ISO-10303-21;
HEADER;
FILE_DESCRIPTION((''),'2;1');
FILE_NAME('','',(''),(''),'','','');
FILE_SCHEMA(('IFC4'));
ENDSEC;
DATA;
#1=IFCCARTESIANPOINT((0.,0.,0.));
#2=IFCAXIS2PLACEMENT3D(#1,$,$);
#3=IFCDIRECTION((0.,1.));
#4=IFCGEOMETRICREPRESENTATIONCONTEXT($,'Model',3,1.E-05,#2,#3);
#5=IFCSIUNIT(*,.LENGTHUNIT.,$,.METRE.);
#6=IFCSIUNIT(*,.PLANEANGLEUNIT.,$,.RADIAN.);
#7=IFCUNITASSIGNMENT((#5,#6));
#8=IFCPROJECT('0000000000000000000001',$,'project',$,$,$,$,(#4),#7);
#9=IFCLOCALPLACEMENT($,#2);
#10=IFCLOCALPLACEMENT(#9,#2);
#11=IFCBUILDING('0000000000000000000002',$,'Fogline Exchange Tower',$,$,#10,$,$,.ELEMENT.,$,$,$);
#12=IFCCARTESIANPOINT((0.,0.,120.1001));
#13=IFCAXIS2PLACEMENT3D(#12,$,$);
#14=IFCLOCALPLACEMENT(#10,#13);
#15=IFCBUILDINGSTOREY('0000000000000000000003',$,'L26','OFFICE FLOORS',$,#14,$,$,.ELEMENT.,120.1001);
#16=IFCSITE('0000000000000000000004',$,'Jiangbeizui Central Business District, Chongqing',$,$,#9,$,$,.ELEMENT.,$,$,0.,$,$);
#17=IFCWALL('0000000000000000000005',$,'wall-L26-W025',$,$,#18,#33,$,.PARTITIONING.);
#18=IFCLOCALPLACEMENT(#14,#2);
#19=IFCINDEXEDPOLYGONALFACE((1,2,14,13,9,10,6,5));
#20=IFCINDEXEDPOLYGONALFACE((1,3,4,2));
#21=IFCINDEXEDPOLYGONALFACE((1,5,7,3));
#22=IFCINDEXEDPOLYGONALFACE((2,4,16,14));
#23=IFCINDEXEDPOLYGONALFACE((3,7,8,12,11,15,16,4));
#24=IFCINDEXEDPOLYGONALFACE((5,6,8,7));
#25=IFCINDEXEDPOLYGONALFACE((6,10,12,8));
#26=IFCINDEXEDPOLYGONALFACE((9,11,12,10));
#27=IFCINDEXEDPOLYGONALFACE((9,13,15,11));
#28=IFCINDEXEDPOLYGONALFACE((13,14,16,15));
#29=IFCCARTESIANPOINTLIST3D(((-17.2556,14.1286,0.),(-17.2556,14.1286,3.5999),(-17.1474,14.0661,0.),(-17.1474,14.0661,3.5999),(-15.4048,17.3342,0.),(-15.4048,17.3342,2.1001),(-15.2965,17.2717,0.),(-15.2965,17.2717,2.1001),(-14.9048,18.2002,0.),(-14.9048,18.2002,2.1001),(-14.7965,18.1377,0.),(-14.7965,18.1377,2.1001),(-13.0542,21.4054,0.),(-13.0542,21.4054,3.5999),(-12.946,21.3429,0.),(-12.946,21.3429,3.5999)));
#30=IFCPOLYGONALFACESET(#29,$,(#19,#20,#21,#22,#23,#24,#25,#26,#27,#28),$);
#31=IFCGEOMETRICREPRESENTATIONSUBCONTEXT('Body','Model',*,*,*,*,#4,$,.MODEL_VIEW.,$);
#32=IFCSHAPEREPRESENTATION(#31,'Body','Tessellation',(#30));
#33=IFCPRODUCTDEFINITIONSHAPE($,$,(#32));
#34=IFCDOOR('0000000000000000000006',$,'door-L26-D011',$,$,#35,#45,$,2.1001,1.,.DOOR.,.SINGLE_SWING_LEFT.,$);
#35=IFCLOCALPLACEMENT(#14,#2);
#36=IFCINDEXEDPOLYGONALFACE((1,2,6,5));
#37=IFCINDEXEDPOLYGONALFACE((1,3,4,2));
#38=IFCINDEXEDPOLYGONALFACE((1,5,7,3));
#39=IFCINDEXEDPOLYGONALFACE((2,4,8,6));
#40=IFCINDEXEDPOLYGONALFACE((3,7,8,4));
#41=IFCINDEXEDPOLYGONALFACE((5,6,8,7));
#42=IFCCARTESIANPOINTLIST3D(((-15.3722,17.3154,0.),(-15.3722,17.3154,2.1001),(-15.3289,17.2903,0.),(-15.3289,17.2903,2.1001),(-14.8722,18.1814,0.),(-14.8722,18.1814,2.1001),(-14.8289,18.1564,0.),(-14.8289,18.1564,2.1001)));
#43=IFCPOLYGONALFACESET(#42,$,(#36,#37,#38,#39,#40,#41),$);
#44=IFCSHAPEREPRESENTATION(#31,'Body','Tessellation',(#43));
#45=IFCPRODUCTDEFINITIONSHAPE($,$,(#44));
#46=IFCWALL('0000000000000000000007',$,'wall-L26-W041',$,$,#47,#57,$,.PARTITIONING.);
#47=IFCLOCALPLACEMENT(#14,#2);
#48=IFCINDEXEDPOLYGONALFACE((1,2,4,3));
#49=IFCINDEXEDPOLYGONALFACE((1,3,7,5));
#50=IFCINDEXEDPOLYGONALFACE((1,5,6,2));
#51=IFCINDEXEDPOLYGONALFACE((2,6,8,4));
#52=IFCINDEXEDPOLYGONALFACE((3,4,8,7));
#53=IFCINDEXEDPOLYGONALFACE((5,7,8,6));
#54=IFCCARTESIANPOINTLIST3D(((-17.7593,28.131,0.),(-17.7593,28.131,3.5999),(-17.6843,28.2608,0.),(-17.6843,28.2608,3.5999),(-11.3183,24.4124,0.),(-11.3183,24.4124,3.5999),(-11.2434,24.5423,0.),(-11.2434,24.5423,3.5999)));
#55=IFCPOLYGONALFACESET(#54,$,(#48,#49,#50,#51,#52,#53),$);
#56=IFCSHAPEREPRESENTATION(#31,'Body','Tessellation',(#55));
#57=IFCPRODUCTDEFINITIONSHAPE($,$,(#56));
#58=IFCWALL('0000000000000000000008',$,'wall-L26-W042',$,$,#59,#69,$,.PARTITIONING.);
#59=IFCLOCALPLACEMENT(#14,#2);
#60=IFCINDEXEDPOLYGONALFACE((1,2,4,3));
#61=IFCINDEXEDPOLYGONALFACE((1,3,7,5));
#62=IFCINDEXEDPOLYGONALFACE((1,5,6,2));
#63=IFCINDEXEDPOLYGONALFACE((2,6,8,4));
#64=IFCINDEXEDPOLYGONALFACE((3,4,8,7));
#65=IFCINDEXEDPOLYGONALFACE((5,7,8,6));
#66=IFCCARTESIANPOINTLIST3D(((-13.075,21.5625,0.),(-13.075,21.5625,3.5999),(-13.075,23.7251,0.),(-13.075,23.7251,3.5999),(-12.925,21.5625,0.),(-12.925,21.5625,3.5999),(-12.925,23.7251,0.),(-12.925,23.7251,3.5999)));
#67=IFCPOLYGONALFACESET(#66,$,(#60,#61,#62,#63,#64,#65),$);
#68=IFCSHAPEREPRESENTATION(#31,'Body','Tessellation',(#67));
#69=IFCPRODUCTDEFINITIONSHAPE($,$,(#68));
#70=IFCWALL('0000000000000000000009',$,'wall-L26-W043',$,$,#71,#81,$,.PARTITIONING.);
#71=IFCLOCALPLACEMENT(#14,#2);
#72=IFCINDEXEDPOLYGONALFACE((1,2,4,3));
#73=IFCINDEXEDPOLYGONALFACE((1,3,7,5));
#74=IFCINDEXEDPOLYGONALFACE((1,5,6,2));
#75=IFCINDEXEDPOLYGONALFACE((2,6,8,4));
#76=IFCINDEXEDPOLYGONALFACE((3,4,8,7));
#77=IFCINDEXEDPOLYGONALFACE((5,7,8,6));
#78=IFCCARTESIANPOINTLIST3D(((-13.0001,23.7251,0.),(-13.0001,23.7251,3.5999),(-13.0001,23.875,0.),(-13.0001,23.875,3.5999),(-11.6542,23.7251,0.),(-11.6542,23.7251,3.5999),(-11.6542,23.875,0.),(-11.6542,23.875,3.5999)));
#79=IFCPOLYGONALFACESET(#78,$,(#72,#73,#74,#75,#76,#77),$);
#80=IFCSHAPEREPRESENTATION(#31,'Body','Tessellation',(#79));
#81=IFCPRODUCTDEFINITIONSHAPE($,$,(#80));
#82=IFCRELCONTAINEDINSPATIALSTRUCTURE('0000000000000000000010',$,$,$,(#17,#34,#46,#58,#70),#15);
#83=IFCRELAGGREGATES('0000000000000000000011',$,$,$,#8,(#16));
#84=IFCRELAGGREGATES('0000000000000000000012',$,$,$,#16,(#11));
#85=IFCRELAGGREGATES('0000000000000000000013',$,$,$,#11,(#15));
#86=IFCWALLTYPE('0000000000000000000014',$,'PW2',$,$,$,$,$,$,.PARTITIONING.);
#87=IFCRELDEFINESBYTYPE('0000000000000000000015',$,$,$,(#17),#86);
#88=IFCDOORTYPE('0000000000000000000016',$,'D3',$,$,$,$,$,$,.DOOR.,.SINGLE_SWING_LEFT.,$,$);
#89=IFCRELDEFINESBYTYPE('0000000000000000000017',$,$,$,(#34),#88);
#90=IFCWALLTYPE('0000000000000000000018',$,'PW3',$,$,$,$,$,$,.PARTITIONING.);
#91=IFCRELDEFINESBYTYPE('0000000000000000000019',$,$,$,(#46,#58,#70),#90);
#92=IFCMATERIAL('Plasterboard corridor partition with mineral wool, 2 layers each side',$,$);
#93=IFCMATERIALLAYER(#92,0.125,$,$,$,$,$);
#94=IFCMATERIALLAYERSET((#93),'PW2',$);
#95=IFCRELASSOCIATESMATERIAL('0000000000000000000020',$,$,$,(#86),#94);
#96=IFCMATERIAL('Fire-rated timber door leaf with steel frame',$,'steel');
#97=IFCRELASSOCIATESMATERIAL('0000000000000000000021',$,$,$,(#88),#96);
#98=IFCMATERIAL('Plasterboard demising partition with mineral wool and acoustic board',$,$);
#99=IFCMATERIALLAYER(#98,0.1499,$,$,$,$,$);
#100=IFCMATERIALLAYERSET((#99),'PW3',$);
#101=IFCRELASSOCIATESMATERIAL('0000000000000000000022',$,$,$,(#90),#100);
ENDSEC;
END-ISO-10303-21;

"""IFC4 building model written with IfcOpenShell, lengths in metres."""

from ifc_helpers import new_model, si_unit, direction, frame, frame_2d, origin, place, context, subcontext, project, spatial, rectangle, extrude, material, layer, layer_set, type_object, element, fill, save


model = new_model("IFC4")

# Units and contexts
model_context = context("Model", 3, precision=1e-05, world=origin(), true_north=direction((0.0, 1.0)))
body_context = subcontext(model_context, "Body", "Model", "MODEL_VIEW")
ifc_project = project(units=[si_unit("LENGTHUNIT", "METRE"), si_unit("PLANEANGLEUNIT", "RADIAN")], contexts=[model_context])

# Site, building, storey
site_placement = place(None, origin())
site = spatial("IfcSite", under=ifc_project, at=site_placement, Name="Jiangbeizui Central Business District, Chongqing", CompositionType="ELEMENT", RefElevation=0.0)
building_placement = place(site_placement, origin())
building = spatial("IfcBuilding", under=site, at=building_placement, Name="Fogline Exchange Tower", CompositionType="ELEMENT")
storey_placement = place(building_placement, frame((0.0, 0.0, 120.1001)))
storey = spatial("IfcBuildingStorey", under=building, at=storey_placement, Name="L26", Description="OFFICE FLOORS", CompositionType="ELEMENT", Elevation=120.1001)

# Shared definitions
ifc_material_1 = material(Name="Plasterboard corridor partition with mineral wool, 2 layers each side")
ifc_layer_1 = layer(ifc_material_1, 0.125)
ifc_layer_set_1 = layer_set([ifc_layer_1], Name="PW2")
wall_type_1 = type_object("IfcWallType", Name="PW2", PredefinedType="PARTITIONING", material=ifc_layer_set_1)
ifc_material_2 = material(Name="Fire-rated timber door leaf with steel frame", Category="steel")
door_type = type_object("IfcDoorType", Name="D3", OperationType="SINGLE_SWING_LEFT", PredefinedType="DOOR", material=ifc_material_2)

# Wall, opening, door
wall_1_placement = place(storey_placement, frame((-17.2014, 14.0974, 0.0), z_axis=(0.0, 0.0, 1.0), x_axis=(0.500011, 0.866019, 0.0)))
wall_1 = element("IfcWall", 1, at=wall_1_placement, inside=storey, type_object=wall_type_1, Name="wall-L26-W025", PredefinedType="PARTITIONING", context=body_context, shape_type="SweptSolid", body=[
    extrude(rectangle(XDim=8.4026, YDim=0.125, at=frame_2d((4.2012, 0.0))), origin(), (0.0, 0.0, 1.0), 3.5999),
])
opening_1_placement = place(wall_1_placement, frame((3.7014, 0.0, 0.0)))
opening_1 = element("IfcOpeningElement", 2, at=opening_1_placement, cuts=wall_1, PredefinedType="OPENING", context=body_context, shape_type="SweptSolid", body=[
    extrude(rectangle(XDim=1.0, YDim=2.1001, at=frame_2d((0.5, 1.05))), frame((0.0, 0.0725, 0.0), z_axis=(0.0, -1.0, 0.0), x_axis=(1.0, 0.0, 0.0)), (0.0, 0.0, 1.0), 0.145),
])
door_1_placement = place(opening_1_placement, origin())
door_1 = element("IfcDoor", 3, at=door_1_placement, inside=storey, type_object=door_type, Name="door-L26-D011", OperationType="SINGLE_SWING_LEFT", OverallHeight=2.1001, OverallWidth=1.0, PredefinedType="DOOR", context=body_context, shape_type="SweptSolid", body=[
    extrude(rectangle(XDim=1.0, YDim=2.1001, at=frame_2d((0.5, 1.05))), frame((0.0, 0.0249, 0.0), z_axis=(0.0, -1.0, 0.0), x_axis=(1.0, 0.0, 0.0)), (0.0, 0.0, 1.0), 0.05),
])
fill(opening_1, door_1)

# Walls
ifc_material_3 = material(Name="Plasterboard demising partition with mineral wool and acoustic board")
ifc_layer_2 = layer(ifc_material_3, 0.1499)
ifc_layer_set_2 = layer_set([ifc_layer_2], Name="PW3")
wall_type_2 = type_object("IfcWallType", Name="PW3", PredefinedType="PARTITIONING", material=ifc_layer_set_2)
wall_2_placement = place(storey_placement, frame((-11.2808, 24.4773, 0.0), z_axis=(0.0, 0.0, 1.0), x_axis=(-0.866035, 0.499984, 0.0)))
element("IfcWall", 4, at=wall_2_placement, inside=storey, type_object=wall_type_2, Name="wall-L26-W041", PredefinedType="PARTITIONING", context=body_context, shape_type="SweptSolid", body=[
    extrude(rectangle(XDim=7.4373, YDim=0.1499, at=frame_2d((3.7188, 0.0))), origin(), (0.0, 0.0, 1.0), 3.5999),
])
wall_3_placement = place(storey_placement, frame((-13.0, 21.5625, 0.0), z_axis=(0.0, 0.0, 1.0), x_axis=(0.0, 1.0, 0.0)))
element("IfcWall", 5, at=wall_3_placement, inside=storey, type_object=wall_type_2, Name="wall-L26-W042", PredefinedType="PARTITIONING", context=body_context, shape_type="SweptSolid", body=[
    extrude(rectangle(XDim=2.1626, YDim=0.1499, at=frame_2d((1.0813, 0.0))), origin(), (0.0, 0.0, 1.0), 3.5999),
])
wall_4_placement = place(storey_placement, frame((-13.0, 23.8, 0.0), z_axis=(0.0, 0.0, 1.0), x_axis=(1.0, 0.0, 0.0)))
element("IfcWall", 6, at=wall_4_placement, inside=storey, type_object=wall_type_2, Name="wall-L26-W043", PredefinedType="PARTITIONING", context=body_context, shape_type="SweptSolid", body=[
    extrude(rectangle(XDim=1.3459, YDim=0.1499, at=frame_2d((0.6729, 0.0))), origin(), (0.0, 0.0, 1.0), 3.5999),
])

save(model, "model.ifc")
